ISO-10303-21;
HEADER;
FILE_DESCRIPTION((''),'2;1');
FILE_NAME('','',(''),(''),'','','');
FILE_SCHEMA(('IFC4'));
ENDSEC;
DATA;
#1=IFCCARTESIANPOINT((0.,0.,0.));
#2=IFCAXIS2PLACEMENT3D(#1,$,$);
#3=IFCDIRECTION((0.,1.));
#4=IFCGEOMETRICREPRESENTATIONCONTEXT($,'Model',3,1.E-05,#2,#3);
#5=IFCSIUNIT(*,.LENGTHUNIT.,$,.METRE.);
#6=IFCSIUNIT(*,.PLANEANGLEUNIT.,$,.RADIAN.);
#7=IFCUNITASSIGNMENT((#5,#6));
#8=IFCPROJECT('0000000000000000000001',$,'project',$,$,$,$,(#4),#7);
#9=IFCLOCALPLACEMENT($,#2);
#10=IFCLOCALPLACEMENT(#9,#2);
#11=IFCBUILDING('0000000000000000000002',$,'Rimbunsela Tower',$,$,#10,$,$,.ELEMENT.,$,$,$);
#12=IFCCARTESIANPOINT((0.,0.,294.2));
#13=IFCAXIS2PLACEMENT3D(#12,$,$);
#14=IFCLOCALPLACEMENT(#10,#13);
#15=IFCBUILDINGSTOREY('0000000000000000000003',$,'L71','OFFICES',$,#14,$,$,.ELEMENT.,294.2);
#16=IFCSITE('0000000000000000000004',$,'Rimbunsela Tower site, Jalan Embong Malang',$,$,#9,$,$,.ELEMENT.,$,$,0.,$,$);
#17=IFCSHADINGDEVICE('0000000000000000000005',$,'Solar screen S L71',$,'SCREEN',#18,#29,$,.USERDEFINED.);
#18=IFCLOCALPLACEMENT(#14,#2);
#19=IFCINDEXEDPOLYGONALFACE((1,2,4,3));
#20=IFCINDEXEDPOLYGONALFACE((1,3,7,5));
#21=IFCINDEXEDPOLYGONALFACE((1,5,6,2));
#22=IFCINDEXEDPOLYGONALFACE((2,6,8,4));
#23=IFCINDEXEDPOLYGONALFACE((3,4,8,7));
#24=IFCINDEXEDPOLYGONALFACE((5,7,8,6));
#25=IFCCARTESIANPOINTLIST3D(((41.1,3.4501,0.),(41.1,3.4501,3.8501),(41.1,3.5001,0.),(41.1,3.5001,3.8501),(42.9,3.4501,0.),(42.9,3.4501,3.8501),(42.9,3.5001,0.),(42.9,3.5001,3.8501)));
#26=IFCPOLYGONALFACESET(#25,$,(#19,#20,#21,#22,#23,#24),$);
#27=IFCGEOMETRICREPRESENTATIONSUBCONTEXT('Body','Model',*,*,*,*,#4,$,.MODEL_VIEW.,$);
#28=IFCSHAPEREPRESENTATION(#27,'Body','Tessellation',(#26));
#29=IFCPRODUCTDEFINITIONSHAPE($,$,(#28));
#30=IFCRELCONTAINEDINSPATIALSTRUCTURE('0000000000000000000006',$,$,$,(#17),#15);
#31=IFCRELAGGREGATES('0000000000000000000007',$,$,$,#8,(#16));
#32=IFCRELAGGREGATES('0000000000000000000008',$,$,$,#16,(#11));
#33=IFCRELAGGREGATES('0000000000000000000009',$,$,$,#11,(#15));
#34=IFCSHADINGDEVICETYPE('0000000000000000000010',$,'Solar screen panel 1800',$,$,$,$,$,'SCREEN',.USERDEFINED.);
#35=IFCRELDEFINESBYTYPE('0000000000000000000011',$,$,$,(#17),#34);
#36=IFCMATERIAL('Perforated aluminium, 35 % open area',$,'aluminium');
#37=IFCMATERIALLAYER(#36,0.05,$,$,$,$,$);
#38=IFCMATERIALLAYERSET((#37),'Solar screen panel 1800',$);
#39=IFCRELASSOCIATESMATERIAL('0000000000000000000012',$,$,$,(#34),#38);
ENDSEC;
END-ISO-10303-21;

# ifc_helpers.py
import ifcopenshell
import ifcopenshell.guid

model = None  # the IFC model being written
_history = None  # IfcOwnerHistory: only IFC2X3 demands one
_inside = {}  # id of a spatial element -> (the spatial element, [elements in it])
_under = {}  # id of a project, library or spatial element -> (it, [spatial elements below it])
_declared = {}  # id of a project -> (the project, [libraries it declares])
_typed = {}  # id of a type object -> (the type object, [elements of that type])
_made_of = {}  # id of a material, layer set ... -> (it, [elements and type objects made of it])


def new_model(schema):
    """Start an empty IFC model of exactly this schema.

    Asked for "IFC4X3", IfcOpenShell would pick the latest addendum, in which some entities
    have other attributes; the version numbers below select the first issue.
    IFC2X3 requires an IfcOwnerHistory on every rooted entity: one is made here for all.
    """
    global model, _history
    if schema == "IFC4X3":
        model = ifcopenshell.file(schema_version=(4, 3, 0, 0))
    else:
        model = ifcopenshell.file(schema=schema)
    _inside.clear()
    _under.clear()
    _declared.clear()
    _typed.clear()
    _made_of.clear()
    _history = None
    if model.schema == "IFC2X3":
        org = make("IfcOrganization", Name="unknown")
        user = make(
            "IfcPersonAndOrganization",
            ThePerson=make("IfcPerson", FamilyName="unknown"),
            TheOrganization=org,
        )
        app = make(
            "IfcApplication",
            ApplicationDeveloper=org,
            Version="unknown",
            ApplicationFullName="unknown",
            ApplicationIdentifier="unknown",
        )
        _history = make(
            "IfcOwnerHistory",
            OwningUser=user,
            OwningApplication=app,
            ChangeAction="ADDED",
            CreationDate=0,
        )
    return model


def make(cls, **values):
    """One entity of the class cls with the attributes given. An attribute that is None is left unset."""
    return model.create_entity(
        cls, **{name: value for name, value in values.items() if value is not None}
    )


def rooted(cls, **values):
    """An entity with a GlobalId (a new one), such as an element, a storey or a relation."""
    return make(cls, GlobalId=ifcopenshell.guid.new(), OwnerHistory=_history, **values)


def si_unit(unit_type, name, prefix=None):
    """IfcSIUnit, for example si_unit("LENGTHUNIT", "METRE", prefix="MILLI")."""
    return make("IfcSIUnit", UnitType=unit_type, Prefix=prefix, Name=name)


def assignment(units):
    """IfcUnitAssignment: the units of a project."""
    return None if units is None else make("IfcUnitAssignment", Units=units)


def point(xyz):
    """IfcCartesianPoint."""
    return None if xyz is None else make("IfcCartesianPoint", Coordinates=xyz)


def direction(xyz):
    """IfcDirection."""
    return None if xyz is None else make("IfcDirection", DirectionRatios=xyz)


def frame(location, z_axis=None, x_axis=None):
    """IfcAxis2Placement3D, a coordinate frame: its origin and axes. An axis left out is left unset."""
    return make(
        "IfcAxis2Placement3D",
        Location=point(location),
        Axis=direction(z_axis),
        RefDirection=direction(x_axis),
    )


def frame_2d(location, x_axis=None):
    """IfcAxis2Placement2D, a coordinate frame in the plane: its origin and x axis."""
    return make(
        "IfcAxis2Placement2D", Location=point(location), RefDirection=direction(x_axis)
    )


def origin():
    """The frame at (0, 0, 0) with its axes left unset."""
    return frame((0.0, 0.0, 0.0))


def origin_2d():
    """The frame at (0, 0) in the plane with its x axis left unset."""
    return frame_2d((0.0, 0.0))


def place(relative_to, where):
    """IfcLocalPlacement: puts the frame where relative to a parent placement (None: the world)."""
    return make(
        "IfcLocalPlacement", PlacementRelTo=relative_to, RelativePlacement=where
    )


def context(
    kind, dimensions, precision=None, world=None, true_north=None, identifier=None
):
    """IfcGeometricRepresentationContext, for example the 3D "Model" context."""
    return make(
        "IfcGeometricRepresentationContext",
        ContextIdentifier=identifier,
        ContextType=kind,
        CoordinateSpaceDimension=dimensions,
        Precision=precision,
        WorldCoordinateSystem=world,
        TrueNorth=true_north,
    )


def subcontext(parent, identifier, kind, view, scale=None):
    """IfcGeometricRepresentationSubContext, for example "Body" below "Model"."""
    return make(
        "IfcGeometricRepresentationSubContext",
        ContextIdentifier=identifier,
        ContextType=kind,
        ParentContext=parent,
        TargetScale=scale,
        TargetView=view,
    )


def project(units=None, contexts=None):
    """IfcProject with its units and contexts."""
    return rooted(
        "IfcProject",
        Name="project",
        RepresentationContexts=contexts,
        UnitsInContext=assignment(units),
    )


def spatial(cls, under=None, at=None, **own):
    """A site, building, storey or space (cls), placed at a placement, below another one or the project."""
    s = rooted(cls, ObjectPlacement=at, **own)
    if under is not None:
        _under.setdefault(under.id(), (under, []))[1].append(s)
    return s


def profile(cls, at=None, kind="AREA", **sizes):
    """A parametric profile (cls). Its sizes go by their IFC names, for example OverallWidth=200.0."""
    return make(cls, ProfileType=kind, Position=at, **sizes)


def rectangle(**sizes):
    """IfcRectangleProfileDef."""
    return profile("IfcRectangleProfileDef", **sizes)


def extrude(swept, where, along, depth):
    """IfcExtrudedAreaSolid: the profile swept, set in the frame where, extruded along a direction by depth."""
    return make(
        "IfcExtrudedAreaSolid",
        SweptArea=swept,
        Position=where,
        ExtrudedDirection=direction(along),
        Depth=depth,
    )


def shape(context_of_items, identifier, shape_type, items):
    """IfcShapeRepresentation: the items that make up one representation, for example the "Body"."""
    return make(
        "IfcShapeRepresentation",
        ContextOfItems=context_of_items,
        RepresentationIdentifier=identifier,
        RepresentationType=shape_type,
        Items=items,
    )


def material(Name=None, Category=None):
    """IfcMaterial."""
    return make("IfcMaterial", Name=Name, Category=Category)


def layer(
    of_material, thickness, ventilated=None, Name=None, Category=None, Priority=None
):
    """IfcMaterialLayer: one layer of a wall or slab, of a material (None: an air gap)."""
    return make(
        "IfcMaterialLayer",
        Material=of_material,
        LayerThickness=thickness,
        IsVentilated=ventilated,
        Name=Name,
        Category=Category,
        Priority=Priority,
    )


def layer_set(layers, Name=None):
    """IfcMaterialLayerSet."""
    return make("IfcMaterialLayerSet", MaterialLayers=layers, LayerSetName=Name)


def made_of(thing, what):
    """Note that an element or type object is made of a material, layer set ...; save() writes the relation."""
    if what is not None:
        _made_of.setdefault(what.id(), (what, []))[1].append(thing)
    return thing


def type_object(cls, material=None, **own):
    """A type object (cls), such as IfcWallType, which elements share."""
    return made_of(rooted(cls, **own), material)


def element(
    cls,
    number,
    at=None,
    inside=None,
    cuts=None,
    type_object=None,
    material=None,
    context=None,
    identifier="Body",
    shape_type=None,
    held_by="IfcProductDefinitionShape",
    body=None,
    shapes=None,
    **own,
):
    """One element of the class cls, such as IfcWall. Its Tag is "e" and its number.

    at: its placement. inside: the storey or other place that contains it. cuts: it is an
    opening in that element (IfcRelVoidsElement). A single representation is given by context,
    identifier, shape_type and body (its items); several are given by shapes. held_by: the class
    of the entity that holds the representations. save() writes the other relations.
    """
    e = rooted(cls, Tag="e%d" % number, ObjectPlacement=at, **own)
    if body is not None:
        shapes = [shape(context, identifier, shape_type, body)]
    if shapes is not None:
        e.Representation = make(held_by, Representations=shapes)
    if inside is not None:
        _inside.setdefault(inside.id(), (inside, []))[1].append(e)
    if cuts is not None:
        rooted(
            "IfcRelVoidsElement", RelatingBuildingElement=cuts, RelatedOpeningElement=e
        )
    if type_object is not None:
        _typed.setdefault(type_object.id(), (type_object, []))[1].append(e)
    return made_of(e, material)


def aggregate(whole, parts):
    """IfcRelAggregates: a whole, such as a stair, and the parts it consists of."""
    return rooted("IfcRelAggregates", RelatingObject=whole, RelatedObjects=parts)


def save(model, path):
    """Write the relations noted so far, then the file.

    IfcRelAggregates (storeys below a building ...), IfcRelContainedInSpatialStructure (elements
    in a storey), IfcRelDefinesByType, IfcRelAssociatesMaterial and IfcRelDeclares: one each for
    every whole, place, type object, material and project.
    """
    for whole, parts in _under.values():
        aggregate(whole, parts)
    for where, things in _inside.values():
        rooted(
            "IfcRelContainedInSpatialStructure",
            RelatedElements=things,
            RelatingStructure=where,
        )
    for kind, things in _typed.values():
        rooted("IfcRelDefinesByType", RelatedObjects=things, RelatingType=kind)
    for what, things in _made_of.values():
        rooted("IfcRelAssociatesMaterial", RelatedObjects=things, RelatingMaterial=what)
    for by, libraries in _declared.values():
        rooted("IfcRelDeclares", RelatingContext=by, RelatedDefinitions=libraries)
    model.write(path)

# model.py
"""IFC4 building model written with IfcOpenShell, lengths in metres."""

from ifc_helpers import new_model, si_unit, direction, frame, origin, origin_2d, place, context, subcontext, project, spatial, rectangle, extrude, material, layer, layer_set, type_object, element, save


model = new_model("IFC4")

# Units and contexts
model_context = context("Model", 3, precision=1e-05, world=origin(), true_north=direction((0.0, 1.0)))
body_context = subcontext(model_context, "Body", "Model", "MODEL_VIEW")
ifc_project = project(units=[si_unit("LENGTHUNIT", "METRE"), si_unit("PLANEANGLEUNIT", "RADIAN")], contexts=[model_context])

# Site, building, storey
site_placement = place(None, origin())
site = spatial("IfcSite", under=ifc_project, at=site_placement, Name="Rimbunsela Tower site, Jalan Embong Malang", CompositionType="ELEMENT", RefElevation=0.0)
building_placement = place(site_placement, origin())
building = spatial("IfcBuilding", under=site, at=building_placement, Name="Rimbunsela Tower", CompositionType="ELEMENT")
storey_placement = place(building_placement, frame((0.0, 0.0, 294.2)))
storey = spatial("IfcBuildingStorey", under=building, at=storey_placement, Name="L71", Description="OFFICES", CompositionType="ELEMENT", Elevation=294.2)

# Shading device
ifc_material_1 = material(Name="Perforated aluminium, 35 % open area", Category="aluminium")
ifc_layer_1 = layer(ifc_material_1, 0.05)
ifc_layer_set_1 = layer_set([ifc_layer_1], Name="Solar screen panel 1800")
shading_device_type = type_object("IfcShadingDeviceType", Name="Solar screen panel 1800", ElementType="SCREEN", PredefinedType="USERDEFINED", material=ifc_layer_set_1)
shading_device_placement = place(storey_placement, frame((42.0, 3.4751, 0.0), z_axis=(0.0, 0.0, 1.0), x_axis=(1.0, 0.0, 0.0)))
element("IfcShadingDevice", 1, at=shading_device_placement, inside=storey, type_object=shading_device_type, Name="Solar screen S L71", ObjectType="SCREEN", PredefinedType="USERDEFINED", context=body_context, shape_type="SweptSolid", body=[
    extrude(rectangle(XDim=1.8, YDim=0.05, at=origin_2d()), origin(), (0.0, 0.0, 1.0), 3.8501),
])

save(model, "model.ifc")
